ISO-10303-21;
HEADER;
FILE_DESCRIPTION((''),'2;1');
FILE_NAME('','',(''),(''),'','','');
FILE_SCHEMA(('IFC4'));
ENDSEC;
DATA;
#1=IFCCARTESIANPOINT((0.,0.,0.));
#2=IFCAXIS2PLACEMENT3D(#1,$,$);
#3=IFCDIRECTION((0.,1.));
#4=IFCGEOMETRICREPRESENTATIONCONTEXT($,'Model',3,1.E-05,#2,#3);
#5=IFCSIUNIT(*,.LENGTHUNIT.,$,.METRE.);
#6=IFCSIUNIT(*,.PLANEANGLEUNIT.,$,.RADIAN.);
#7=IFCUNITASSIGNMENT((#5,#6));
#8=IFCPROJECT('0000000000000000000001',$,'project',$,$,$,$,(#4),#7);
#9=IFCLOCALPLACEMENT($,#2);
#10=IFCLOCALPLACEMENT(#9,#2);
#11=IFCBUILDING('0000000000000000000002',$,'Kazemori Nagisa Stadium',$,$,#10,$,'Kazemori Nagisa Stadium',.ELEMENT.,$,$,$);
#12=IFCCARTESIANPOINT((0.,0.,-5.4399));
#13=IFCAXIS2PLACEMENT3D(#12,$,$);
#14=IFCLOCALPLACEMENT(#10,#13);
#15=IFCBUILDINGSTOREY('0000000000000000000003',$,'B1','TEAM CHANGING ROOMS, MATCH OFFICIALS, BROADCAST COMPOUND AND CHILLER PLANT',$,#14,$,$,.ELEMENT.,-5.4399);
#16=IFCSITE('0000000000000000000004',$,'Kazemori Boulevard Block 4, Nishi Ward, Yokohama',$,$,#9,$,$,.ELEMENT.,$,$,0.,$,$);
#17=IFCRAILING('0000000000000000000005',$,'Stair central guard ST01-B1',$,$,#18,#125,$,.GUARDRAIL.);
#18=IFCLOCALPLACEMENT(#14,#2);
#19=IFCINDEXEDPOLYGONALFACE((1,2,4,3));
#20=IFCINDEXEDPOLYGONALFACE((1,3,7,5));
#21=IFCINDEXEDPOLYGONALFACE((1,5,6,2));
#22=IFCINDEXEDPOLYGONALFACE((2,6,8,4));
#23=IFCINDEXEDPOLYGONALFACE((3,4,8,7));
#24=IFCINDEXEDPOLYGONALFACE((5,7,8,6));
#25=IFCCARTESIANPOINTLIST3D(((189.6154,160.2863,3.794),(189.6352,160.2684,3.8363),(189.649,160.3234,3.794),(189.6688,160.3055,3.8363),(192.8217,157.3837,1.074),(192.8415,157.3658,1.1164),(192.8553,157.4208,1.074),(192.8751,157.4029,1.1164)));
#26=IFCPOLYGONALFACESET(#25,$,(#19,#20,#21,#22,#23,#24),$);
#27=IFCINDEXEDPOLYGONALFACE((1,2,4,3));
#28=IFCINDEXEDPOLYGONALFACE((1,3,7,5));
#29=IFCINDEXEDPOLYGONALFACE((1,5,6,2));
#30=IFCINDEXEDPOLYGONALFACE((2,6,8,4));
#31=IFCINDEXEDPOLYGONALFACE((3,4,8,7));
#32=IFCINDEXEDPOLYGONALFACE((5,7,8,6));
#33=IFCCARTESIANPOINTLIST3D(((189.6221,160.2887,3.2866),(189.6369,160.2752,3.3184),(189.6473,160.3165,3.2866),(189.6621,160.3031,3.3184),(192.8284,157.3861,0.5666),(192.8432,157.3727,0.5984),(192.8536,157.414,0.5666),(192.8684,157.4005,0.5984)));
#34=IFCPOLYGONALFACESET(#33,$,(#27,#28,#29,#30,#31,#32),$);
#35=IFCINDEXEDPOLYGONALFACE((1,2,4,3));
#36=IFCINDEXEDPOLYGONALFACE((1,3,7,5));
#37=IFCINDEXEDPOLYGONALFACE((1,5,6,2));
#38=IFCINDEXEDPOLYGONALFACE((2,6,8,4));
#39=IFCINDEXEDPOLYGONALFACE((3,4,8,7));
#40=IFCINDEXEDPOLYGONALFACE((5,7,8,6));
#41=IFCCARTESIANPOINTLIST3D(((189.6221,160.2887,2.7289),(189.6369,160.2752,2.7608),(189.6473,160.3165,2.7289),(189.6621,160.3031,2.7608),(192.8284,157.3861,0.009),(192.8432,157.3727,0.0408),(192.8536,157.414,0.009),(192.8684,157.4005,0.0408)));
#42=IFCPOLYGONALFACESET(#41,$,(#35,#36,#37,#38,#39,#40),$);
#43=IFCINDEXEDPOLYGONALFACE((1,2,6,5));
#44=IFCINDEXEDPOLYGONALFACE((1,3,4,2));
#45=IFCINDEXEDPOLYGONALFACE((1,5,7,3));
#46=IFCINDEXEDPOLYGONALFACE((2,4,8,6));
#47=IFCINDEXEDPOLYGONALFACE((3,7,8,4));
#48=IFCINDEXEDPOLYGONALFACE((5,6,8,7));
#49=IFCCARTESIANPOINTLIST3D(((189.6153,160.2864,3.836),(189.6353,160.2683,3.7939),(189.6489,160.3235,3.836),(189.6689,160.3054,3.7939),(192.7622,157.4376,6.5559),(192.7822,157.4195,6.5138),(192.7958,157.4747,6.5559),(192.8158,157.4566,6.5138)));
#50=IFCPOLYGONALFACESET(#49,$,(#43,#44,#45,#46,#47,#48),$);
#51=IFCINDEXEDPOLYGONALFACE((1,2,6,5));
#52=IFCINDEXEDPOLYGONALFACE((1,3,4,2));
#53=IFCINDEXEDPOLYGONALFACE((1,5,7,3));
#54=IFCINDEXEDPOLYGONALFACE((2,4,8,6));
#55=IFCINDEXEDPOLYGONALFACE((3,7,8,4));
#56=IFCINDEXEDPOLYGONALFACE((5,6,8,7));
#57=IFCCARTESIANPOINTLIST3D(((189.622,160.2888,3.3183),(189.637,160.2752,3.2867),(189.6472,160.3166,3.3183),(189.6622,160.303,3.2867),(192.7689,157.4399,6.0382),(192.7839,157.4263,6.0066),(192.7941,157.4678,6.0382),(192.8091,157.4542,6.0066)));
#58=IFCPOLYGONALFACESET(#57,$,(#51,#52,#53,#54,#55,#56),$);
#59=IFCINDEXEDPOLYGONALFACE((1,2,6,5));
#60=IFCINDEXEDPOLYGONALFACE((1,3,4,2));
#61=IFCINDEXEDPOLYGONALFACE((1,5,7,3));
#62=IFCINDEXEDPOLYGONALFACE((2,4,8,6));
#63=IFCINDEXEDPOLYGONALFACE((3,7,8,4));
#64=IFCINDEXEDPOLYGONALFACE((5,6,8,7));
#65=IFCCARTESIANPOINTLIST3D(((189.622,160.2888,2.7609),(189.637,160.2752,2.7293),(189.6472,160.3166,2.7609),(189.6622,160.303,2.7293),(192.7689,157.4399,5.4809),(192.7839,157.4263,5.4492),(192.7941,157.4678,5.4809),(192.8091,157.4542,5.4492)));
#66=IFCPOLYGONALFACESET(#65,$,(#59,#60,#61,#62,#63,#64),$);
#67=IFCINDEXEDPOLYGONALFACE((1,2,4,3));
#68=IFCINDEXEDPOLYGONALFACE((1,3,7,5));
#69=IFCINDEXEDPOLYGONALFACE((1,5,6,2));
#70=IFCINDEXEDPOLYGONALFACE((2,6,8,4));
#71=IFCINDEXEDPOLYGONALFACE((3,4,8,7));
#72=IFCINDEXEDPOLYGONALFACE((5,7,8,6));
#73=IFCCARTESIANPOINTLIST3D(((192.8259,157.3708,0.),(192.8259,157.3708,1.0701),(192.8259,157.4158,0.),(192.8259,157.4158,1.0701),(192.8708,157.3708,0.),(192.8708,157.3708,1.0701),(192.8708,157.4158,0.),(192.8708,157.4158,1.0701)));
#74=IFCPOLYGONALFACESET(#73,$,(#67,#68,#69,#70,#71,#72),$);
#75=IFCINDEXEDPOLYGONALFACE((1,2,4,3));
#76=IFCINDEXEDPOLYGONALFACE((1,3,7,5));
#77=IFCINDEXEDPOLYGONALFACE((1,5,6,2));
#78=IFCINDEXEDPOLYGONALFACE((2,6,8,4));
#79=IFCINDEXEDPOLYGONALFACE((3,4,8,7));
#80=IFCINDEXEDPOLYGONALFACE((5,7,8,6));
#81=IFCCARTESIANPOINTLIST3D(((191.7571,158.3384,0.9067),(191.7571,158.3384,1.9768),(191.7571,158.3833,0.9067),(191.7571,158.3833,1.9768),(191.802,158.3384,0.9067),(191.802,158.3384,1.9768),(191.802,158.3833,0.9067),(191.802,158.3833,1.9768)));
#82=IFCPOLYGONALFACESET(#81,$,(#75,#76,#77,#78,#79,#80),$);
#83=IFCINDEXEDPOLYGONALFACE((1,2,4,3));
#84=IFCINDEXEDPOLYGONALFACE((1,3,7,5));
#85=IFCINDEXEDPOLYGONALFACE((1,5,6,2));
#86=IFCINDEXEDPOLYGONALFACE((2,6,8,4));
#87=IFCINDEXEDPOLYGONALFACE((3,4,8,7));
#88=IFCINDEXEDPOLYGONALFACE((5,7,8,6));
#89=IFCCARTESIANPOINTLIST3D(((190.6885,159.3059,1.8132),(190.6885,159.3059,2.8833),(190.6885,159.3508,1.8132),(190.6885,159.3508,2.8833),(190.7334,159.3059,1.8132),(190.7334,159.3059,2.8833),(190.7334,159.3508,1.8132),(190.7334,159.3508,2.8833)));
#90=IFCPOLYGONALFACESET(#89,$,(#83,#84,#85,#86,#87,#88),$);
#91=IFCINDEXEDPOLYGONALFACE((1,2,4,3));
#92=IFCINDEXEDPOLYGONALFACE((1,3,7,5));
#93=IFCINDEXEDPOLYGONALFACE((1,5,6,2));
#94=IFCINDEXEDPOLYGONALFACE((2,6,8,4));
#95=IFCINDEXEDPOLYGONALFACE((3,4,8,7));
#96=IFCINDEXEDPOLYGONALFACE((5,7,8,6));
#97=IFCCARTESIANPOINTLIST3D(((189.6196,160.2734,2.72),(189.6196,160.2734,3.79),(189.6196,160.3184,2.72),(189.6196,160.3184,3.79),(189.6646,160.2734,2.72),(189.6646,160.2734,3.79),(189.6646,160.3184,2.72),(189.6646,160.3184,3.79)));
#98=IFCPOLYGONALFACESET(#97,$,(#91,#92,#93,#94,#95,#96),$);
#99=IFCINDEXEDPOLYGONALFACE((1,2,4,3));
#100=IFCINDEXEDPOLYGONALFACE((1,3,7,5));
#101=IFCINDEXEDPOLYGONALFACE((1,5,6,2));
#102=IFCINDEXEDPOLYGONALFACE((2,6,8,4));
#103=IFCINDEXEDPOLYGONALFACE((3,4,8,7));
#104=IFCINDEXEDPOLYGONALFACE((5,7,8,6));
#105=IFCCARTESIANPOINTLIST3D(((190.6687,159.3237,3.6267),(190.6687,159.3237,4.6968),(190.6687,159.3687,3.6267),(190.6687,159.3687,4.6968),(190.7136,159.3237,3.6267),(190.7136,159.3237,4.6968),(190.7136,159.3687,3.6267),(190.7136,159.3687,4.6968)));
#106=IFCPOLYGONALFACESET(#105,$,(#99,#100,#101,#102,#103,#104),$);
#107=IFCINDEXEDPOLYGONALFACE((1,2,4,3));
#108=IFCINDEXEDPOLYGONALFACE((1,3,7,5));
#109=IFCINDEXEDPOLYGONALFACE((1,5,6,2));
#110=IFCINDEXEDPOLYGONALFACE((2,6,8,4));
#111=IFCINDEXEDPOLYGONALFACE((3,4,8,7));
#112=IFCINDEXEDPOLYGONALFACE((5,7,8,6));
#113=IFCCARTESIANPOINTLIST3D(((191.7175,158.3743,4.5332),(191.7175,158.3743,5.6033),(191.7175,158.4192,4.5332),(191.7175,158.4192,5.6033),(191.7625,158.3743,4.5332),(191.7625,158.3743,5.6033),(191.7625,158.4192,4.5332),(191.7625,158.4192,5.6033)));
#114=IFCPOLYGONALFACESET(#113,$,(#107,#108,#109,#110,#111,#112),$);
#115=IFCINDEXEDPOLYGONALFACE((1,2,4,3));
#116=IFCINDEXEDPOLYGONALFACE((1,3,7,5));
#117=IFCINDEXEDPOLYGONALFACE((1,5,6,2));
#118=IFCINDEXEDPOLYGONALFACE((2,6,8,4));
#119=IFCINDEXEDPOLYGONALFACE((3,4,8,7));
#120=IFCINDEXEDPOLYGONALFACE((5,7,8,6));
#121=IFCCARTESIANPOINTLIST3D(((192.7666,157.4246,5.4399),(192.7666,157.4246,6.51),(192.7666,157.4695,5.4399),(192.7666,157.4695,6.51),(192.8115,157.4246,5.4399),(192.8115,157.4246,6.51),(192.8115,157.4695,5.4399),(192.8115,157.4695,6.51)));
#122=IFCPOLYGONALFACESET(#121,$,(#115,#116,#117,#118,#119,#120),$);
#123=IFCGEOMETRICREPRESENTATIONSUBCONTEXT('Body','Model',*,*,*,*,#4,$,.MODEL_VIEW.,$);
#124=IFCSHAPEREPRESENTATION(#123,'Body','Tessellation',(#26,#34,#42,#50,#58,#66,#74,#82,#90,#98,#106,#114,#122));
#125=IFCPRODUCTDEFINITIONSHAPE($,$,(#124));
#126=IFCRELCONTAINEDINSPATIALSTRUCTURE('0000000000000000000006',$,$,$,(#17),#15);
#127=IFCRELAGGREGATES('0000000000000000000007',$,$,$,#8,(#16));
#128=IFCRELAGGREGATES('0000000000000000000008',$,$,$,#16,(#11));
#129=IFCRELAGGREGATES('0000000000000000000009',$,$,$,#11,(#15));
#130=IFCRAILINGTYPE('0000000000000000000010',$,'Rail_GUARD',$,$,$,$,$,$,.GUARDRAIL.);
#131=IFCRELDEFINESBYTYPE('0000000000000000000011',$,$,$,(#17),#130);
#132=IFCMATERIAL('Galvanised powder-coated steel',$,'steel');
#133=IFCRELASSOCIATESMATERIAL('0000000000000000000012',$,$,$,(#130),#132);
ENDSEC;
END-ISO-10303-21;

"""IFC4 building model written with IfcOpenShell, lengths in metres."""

from ifc_helpers import new_model, si_unit, direction, frame, origin, origin_2d, place, context, subcontext, project, spatial, rectangle, extrude, material, type_object, element, save


model = new_model("IFC4")

# Units and contexts
model_context = context("Model", 3, precision=1e-05, world=origin(), true_north=direction((0.0, 1.0)))
body_context = subcontext(model_context, "Body", "Model", "MODEL_VIEW")
ifc_project = project(units=[si_unit("LENGTHUNIT", "METRE"), si_unit("PLANEANGLEUNIT", "RADIAN")], contexts=[model_context])

# Site, building, storey
site_placement = place(None, origin())
site = spatial("IfcSite", under=ifc_project, at=site_placement, Name="Kazemori Boulevard Block 4, Nishi Ward, Yokohama", CompositionType="ELEMENT", RefElevation=0.0)
building_placement = place(site_placement, origin())
building = spatial("IfcBuilding", under=site, at=building_placement, Name="Kazemori Nagisa Stadium", LongName="Kazemori Nagisa Stadium", CompositionType="ELEMENT")
storey_placement = place(building_placement, frame((0.0, 0.0, -5.4399)))
storey = spatial("IfcBuildingStorey", under=building, at=storey_placement, Name="B1", Description="TEAM CHANGING ROOMS, MATCH OFFICIALS, BROADCAST COMPOUND AND CHILLER PLANT", CompositionType="ELEMENT", Elevation=-5.4399)

# Railing
ifc_material_1 = material(Name="Galvanised powder-coated steel", Category="steel")
railing_type_1 = type_object("IfcRailingType", Name="Rail_GUARD", PredefinedType="GUARDRAIL", material=ifc_material_1)
railing_1_placement = place(storey_placement, frame((192.8484, 157.3933, 0.0)))
element("IfcRailing", 1, at=railing_1_placement, inside=storey, type_object=railing_type_1, Name="Stair central guard ST01-B1", PredefinedType="GUARDRAIL", context=body_context, shape_type="SweptSolid", body=[
    extrude(rectangle(XDim=0.05, YDim=0.05, at=origin_2d()), frame((0.0, 0.0, 1.0952), z_axis=(-0.627558, 0.568113, 0.53237), x_axis=(-0.671123, -0.741346, 0.0)), (0.0, 0.0, 1.0), 5.1091),
    extrude(rectangle(XDim=0.0376, YDim=0.0376, at=origin_2d()), frame((0.0, 0.0, 0.5825), z_axis=(-0.627558, 0.568113, 0.53237), x_axis=(-0.671123, -0.741346, 0.0)), (0.0, 0.0, 1.0), 5.1091),
    extrude(rectangle(XDim=0.0376, YDim=0.0376, at=origin_2d()), frame((0.0, 0.0, 0.0249), z_axis=(-0.627558, 0.568113, 0.53237), x_axis=(-0.671123, -0.741346, 0.0)), (0.0, 0.0, 1.0), 5.1091),
    extrude(rectangle(XDim=0.05, YDim=0.05, at=origin_2d()), frame((-3.2063, 2.9026, 3.8149), z_axis=(0.624201, -0.565073, 0.539505), x_axis=(0.671123, 0.741346, 0.0)), (0.0, 0.0, 1.0), 5.0415),
    extrude(rectangle(XDim=0.0376, YDim=0.0376, at=origin_2d()), frame((-3.2063, 2.9026, 3.3025), z_axis=(0.624201, -0.565073, 0.539505), x_axis=(0.671123, 0.741346, 0.0)), (0.0, 0.0, 1.0), 5.0415),
    extrude(rectangle(XDim=0.0376, YDim=0.0376, at=origin_2d()), frame((-3.2063, 2.9026, 2.7451), z_axis=(0.624201, -0.565073, 0.539505), x_axis=(0.671123, 0.741346, 0.0)), (0.0, 0.0, 1.0), 5.0415),
    extrude(rectangle(XDim=0.0449, YDim=0.0449, at=origin_2d()), origin(), (0.0, 0.0, 1.0), 1.0701),
    extrude(rectangle(XDim=0.0449, YDim=0.0449, at=origin_2d()), frame((-1.0688, 0.9675, 0.9067)), (0.0, 0.0, 1.0), 1.0701),
    extrude(rectangle(XDim=0.0449, YDim=0.0449, at=origin_2d()), frame((-2.1375, 1.9351, 1.8132)), (0.0, 0.0, 1.0), 1.0701),
    extrude(rectangle(XDim=0.0449, YDim=0.0449, at=origin_2d()), frame((-3.2063, 2.9026, 2.72)), (0.0, 0.0, 1.0), 1.0701),
    extrude(rectangle(XDim=0.0449, YDim=0.0449, at=origin_2d()), frame((-2.1572, 1.9529, 3.6267)), (0.0, 0.0, 1.0), 1.0701),
    extrude(rectangle(XDim=0.0449, YDim=0.0449, at=origin_2d()), frame((-1.1084, 1.0034, 4.5332)), (0.0, 0.0, 1.0), 1.0701),
    extrude(rectangle(XDim=0.0449, YDim=0.0449, at=origin_2d()), frame((-0.0593, 0.0537, 5.4399)), (0.0, 0.0, 1.0), 1.0701),
])

save(model, "model.ifc")
